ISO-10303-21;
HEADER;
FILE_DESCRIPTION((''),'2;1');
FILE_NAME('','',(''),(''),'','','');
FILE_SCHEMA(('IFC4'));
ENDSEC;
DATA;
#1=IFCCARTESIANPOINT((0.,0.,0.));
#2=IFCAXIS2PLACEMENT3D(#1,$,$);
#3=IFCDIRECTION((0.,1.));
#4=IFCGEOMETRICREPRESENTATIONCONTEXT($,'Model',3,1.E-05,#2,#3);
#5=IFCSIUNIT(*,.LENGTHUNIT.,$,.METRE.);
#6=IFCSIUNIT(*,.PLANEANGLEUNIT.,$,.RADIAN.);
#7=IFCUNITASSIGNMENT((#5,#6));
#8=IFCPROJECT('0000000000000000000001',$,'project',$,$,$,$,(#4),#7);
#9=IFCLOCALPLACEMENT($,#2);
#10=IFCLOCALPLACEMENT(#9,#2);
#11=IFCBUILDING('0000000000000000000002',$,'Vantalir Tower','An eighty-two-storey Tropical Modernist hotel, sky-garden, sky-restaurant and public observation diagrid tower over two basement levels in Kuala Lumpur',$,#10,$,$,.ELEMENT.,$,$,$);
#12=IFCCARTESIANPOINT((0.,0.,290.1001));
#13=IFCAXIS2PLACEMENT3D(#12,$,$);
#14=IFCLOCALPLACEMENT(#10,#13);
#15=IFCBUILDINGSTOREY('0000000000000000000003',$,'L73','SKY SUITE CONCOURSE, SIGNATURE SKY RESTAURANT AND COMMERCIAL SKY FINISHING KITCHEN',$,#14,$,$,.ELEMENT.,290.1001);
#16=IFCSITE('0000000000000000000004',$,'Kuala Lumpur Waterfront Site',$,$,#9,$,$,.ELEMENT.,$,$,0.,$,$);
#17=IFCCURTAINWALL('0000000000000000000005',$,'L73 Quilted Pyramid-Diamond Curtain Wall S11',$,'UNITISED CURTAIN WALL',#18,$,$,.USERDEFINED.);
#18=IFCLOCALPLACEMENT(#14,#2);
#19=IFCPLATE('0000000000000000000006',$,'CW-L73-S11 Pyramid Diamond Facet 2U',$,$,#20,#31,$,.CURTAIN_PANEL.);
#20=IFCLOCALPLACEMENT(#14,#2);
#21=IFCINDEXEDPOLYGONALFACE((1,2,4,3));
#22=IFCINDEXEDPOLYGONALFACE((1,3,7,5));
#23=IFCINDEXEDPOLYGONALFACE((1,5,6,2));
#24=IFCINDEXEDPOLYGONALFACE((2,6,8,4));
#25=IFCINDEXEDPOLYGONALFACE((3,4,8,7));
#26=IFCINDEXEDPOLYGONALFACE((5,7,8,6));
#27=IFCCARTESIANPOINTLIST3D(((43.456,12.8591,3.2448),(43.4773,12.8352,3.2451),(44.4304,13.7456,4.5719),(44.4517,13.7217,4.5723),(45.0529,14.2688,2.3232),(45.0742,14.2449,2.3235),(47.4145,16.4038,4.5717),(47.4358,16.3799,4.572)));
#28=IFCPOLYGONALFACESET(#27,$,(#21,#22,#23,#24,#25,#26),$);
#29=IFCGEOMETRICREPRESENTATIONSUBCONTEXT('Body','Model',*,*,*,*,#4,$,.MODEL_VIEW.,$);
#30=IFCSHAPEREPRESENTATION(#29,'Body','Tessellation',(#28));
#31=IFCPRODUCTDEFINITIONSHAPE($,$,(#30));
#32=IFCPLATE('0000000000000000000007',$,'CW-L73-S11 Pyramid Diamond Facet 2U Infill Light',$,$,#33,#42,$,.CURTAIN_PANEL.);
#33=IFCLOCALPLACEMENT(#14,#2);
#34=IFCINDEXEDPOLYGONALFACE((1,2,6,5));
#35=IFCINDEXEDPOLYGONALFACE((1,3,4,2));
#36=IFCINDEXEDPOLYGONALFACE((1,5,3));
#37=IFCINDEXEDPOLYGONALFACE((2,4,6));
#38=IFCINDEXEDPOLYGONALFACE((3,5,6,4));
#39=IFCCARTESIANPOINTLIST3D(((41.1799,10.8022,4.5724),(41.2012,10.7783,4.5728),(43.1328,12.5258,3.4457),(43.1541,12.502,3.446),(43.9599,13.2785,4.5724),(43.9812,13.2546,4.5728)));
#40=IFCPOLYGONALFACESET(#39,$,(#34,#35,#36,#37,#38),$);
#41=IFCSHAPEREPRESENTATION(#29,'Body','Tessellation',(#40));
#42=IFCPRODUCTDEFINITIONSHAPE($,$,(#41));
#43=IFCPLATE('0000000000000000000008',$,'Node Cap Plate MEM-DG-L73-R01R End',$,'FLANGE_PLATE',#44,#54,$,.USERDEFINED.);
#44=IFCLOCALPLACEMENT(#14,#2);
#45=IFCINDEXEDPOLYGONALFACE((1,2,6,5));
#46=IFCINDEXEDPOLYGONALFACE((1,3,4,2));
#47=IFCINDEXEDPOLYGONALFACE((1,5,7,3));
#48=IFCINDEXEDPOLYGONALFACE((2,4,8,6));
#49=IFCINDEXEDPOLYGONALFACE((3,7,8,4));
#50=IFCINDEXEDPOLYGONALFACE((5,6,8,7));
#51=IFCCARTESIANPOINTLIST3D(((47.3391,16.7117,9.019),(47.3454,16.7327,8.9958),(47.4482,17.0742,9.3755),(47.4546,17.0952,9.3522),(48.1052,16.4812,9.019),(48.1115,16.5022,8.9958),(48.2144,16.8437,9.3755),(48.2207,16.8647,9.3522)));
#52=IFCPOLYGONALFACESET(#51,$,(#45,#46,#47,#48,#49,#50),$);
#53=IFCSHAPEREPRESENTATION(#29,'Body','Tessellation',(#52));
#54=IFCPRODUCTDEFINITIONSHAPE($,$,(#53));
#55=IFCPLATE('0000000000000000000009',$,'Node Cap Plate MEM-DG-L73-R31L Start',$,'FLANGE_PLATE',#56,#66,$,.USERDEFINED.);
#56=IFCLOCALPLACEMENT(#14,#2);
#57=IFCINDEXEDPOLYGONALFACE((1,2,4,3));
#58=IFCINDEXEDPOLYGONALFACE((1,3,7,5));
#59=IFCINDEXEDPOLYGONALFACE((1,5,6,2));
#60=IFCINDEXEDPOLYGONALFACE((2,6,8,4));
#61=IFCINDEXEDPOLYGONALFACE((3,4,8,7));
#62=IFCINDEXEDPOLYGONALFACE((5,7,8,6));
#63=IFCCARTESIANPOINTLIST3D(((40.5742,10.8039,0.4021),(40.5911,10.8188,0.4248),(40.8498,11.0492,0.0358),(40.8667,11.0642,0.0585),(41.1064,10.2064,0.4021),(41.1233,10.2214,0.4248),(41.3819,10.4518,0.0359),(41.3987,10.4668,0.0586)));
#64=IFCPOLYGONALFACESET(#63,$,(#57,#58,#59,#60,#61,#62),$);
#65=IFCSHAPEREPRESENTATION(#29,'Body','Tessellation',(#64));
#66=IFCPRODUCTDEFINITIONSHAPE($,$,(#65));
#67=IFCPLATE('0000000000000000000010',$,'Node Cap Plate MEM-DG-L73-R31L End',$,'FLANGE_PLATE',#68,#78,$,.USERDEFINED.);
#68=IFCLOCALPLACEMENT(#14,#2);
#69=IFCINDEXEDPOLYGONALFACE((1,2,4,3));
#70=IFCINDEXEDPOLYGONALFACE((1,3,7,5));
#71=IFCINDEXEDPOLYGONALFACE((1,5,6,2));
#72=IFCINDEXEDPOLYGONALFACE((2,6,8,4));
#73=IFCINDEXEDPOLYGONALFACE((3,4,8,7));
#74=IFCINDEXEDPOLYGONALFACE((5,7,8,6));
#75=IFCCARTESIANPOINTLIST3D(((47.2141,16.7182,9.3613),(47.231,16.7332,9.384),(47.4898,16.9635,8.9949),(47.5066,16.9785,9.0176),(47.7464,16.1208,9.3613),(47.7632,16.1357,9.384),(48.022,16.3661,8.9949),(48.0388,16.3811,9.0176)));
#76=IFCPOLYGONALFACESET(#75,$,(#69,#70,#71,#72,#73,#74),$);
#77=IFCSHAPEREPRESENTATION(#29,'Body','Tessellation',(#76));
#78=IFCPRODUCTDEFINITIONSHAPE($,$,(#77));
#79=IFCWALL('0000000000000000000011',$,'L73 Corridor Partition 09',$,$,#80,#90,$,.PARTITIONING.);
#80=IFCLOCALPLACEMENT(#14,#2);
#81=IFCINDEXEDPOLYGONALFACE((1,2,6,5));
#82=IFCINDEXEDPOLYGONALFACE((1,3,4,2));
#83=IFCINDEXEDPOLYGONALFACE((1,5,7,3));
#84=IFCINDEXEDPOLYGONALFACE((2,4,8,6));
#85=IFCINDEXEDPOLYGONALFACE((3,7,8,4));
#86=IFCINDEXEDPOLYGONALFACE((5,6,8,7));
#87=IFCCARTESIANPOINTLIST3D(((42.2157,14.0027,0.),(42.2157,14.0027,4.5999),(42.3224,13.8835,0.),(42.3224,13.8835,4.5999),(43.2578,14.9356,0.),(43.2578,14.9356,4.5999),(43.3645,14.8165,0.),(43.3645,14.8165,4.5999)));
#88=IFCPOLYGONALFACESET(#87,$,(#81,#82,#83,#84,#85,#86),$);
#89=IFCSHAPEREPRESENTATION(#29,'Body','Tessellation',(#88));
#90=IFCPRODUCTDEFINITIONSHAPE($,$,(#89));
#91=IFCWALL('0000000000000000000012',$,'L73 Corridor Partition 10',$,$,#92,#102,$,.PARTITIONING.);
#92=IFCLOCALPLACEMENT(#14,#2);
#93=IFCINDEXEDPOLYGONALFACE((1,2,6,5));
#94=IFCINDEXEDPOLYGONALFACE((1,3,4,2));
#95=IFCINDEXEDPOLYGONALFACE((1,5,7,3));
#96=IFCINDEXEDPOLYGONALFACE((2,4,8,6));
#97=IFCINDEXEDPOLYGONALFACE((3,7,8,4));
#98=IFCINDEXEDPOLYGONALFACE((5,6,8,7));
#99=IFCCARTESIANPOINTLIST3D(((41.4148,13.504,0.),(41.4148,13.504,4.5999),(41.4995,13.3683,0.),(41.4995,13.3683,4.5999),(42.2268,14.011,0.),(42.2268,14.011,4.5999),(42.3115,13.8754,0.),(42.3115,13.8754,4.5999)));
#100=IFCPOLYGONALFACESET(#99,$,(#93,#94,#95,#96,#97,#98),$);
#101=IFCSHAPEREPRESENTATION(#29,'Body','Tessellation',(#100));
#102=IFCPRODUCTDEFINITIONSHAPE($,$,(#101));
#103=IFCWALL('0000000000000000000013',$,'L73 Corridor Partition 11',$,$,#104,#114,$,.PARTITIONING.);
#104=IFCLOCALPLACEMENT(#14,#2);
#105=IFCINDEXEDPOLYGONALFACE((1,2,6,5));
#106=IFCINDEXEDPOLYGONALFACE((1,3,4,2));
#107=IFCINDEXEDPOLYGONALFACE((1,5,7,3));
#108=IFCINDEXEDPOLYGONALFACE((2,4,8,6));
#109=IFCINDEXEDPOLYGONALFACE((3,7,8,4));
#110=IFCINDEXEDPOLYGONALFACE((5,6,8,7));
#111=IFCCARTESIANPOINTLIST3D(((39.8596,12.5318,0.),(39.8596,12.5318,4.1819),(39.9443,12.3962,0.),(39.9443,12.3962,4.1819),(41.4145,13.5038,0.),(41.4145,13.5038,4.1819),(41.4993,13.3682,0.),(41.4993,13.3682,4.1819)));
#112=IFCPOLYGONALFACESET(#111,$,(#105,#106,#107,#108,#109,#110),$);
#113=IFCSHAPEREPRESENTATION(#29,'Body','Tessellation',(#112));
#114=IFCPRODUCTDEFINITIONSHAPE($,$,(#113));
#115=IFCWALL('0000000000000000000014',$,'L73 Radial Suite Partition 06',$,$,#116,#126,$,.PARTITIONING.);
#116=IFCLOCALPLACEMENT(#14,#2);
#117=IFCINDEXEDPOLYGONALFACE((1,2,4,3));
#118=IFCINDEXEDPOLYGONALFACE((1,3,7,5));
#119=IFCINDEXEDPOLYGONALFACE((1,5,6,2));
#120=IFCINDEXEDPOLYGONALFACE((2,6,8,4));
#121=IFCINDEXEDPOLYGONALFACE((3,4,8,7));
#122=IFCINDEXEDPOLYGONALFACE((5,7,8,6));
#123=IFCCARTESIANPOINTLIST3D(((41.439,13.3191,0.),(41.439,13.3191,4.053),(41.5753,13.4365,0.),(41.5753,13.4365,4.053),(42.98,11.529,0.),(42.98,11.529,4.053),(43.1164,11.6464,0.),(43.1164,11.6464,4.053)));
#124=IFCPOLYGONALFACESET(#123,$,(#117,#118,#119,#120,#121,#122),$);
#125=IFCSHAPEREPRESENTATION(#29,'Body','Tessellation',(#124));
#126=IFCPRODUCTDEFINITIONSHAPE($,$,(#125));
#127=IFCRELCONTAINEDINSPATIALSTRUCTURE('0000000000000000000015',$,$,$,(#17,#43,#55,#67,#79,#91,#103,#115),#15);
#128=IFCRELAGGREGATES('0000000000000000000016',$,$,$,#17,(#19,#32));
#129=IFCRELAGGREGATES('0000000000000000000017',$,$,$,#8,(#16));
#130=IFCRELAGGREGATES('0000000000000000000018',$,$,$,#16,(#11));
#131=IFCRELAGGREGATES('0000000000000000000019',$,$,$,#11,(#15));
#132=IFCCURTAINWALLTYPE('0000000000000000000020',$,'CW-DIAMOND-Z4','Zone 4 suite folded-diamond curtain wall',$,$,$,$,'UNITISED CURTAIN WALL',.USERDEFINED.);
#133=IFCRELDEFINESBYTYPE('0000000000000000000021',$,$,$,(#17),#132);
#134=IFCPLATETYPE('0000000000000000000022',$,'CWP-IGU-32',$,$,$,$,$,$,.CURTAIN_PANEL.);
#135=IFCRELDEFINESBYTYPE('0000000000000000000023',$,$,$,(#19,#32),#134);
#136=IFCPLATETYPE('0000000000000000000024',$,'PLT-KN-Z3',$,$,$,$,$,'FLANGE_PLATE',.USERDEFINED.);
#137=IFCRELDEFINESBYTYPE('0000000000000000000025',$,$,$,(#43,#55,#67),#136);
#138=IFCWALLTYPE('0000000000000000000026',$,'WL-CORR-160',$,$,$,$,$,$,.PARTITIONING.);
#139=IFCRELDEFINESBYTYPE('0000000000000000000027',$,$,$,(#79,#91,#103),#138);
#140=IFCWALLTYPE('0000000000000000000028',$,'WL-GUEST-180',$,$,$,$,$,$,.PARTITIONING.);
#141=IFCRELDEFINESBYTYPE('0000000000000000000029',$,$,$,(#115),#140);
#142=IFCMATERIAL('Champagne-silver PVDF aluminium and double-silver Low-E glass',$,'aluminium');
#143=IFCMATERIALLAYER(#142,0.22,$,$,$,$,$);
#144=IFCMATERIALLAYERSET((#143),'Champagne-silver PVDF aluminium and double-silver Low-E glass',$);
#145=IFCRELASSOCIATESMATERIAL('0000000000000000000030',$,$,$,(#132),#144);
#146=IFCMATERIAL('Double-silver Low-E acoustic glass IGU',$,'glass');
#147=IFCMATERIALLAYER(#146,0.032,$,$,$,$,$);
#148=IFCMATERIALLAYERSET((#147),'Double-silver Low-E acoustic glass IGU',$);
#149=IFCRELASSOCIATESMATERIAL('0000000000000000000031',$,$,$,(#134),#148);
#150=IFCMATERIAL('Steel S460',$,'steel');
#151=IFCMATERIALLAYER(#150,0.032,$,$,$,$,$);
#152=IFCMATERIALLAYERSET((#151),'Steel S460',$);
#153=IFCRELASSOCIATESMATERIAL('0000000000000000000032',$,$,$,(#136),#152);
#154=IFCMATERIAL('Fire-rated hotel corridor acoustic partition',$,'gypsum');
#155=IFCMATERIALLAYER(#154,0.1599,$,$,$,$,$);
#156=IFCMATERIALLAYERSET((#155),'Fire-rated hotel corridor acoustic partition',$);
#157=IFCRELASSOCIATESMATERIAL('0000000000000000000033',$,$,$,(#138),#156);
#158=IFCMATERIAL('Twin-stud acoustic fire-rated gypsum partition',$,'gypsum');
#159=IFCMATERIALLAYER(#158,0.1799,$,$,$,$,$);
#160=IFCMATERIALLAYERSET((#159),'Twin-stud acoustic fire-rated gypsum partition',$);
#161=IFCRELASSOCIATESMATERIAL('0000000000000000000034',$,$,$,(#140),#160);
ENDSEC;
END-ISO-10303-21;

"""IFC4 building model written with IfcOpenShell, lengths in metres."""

from ifc_helpers import new_model, si_unit, direction, frame, frame_2d, origin, place, context, subcontext, project, spatial, polyline, rectangle, outline, extrude, material, layer, layer_set, type_object, element, aggregate, save


model = new_model("IFC4")

# Units and contexts
model_context = context("Model", 3, precision=1e-05, world=origin(), true_north=direction((0.0, 1.0)))
body_context = subcontext(model_context, "Body", "Model", "MODEL_VIEW")
ifc_project = project(units=[si_unit("LENGTHUNIT", "METRE"), si_unit("PLANEANGLEUNIT", "RADIAN")], contexts=[model_context])

# Site, building, storey
site_placement = place(None, origin())
site = spatial("IfcSite", under=ifc_project, at=site_placement, Name="Kuala Lumpur Waterfront Site", CompositionType="ELEMENT", RefElevation=0.0)
building_placement = place(site_placement, origin())
building = spatial("IfcBuilding", under=site, at=building_placement, Name="Vantalir Tower", Description="An eighty-two-storey Tropical Modernist hotel, sky-garden, sky-restaurant and public observation diagrid tower over two basement levels in Kuala Lumpur", CompositionType="ELEMENT")
storey_placement = place(building_placement, frame((0.0, 0.0, 290.1001)))
storey = spatial("IfcBuildingStorey", under=building, at=storey_placement, Name="L73", Description="SKY SUITE CONCOURSE, SIGNATURE SKY RESTAURANT AND COMMERCIAL SKY FINISHING KITCHEN", CompositionType="ELEMENT", Elevation=290.1001)

# Shared definitions
ifc_material_1 = material(Name="Steel S460", Category="steel")

# Curtain wall
ifc_material_2 = material(Name="Champagne-silver PVDF aluminium and double-silver Low-E glass", Category="aluminium")
ifc_layer_1 = layer(ifc_material_2, 0.22)
ifc_layer_set_1 = layer_set([ifc_layer_1], Name="Champagne-silver PVDF aluminium and double-silver Low-E glass")
curtain_wall_type = type_object("IfcCurtainWallType", Name="CW-DIAMOND-Z4", Description="Zone 4 suite folded-diamond curtain wall", ElementType="UNITISED CURTAIN WALL", PredefinedType="USERDEFINED", material=ifc_layer_set_1)
curtain_wall_placement = place(storey_placement, origin())
curtain_wall = element("IfcCurtainWall", 1, at=curtain_wall_placement, inside=storey, type_object=curtain_wall_type, Name="L73 Quilted Pyramid-Diamond Curtain Wall S11", ObjectType="UNITISED CURTAIN WALL", PredefinedType="USERDEFINED")

# Plates
ifc_material_3 = material(Name="Double-silver Low-E acoustic glass IGU", Category="glass")
ifc_layer_2 = layer(ifc_material_3, 0.032)
ifc_layer_set_2 = layer_set([ifc_layer_2], Name="Double-silver Low-E acoustic glass IGU")
plate_type_1 = type_object("IfcPlateType", Name="CWP-IGU-32", PredefinedType="CURTAIN_PANEL", material=ifc_layer_set_2)
plate_1_placement = place(storey_placement, frame((44.4517, 13.7217, 4.5723), z_axis=(0.665118, -0.746666, 0.010417), x_axis=(0.746707, 0.665154, -0.000061)))
plate_1 = element("IfcPlate", 2, at=plate_1_placement, type_object=plate_type_1, Name="CW-L73-S11 Pyramid Diamond Facet 2U", PredefinedType="CURTAIN_PANEL", context=body_context, shape_type="SweptSolid", body=[
    extrude(outline(polyline([(0.0, 0.0), (3.9964, 0.0), (0.813, -2.2489), (-1.3171, -1.3273), (0.0, 0.0)])), origin(), (0.0, 0.0, -1.0), 0.032),
])
plate_2_placement = place(storey_placement, frame((41.2012, 10.7783, 4.5728), z_axis=(0.665104, -0.746676, 0.010538), x_axis=(0.746718, 0.665141, 0.0)))
plate_2 = element("IfcPlate", 3, at=plate_2_placement, type_object=plate_type_1, Name="CW-L73-S11 Pyramid Diamond Facet 2U Infill Light", PredefinedType="CURTAIN_PANEL", context=body_context, shape_type="SweptSolid", body=[
    extrude(outline(polyline([(0.0, 0.0), (3.723, 0.0), (2.6047, -1.1268), (0.0, 0.0)])), origin(), (0.0, 0.0, -1.0), 0.032),
])
aggregate(curtain_wall, [plate_1, plate_2])

# Plates
ifc_layer_3 = layer(ifc_material_1, 0.032)
ifc_layer_set_3 = layer_set([ifc_layer_3], Name="Steel S460")
plate_type_2 = type_object("IfcPlateType", Name="PLT-KN-Z3", ElementType="FLANGE_PLATE", PredefinedType="USERDEFINED", material=ifc_layer_set_3)
plate_3_placement = place(storey_placement, frame((47.3391, 16.7117, 9.019), z_axis=(-0.197466, -0.656408, 0.728105), x_axis=(0.957608, -0.288076, 0.0)))
element("IfcPlate", 4, at=plate_3_placement, inside=storey, type_object=plate_type_2, Name="Node Cap Plate MEM-DG-L73-R01R End", ObjectType="FLANGE_PLATE", PredefinedType="USERDEFINED", context=body_context, shape_type="SweptSolid", body=[
    extrude(outline(polyline([(0.0, 0.0), (0.8, 0.0), (0.8001, 0.52), (0.0001, 0.52), (0.0, 0.0)])), origin(), (0.0, 0.0, -1.0), 0.032),
])
plate_4_placement = place(storey_placement, frame((41.3987, 10.4668, 0.0586), z_axis=(0.526071, 0.468562, 0.709717), x_axis=(-0.665069, 0.746782, -0.000057)))
element("IfcPlate", 5, at=plate_4_placement, inside=storey, type_object=plate_type_2, Name="Node Cap Plate MEM-DG-L73-R31L Start", ObjectType="FLANGE_PLATE", PredefinedType="USERDEFINED", context=body_context, shape_type="SweptSolid", body=[
    extrude(outline(polyline([(0.0, 0.0), (0.7999, 0.0), (0.8, 0.5199), (-0.0001, 0.5198), (0.0, 0.0)])), origin(), (0.0, 0.0, -1.0), 0.032),
])
plate_5_placement = place(storey_placement, frame((48.0388, 16.3811, 9.0176), z_axis=(0.526129, 0.468721, 0.70957), x_axis=(-0.665197, 0.746668, 0.0)))
element("IfcPlate", 6, at=plate_5_placement, inside=storey, type_object=plate_type_2, Name="Node Cap Plate MEM-DG-L73-R31L End", ObjectType="FLANGE_PLATE", PredefinedType="USERDEFINED", context=body_context, shape_type="SweptSolid", body=[
    extrude(outline(polyline([(0.0, 0.0), (0.8001, 0.0), (0.8003, 0.5201), (0.0001, 0.5201), (0.0, 0.0)])), origin(), (0.0, 0.0, -1.0), 0.032),
])

# Walls
ifc_material_4 = material(Name="Fire-rated hotel corridor acoustic partition", Category="gypsum")
ifc_layer_4 = layer(ifc_material_4, 0.1599)
ifc_layer_set_4 = layer_set([ifc_layer_4], Name="Fire-rated hotel corridor acoustic partition")
wall_type_1 = type_object("IfcWallType", Name="WL-CORR-160", PredefinedType="PARTITIONING", material=ifc_layer_set_4)
wall_1_placement = place(storey_placement, frame((43.311, 14.876, 0.0), z_axis=(0.0, 0.0, 1.0), x_axis=(-0.745045, -0.667014, 0.0)))
element("IfcWall", 7, at=wall_1_placement, inside=storey, type_object=wall_type_1, Name="L73 Corridor Partition 09", PredefinedType="PARTITIONING", context=body_context, shape_type="SweptSolid", body=[
    extrude(rectangle(XDim=1.3987, YDim=0.1599, at=frame_2d((0.6992, 0.0))), origin(), (0.0, 0.0, 1.0), 4.5999),
])
wall_2_placement = place(storey_placement, frame((42.269, 13.9431, 0.0), z_axis=(0.0, 0.0, 1.0), x_axis=(-0.848199, -0.529678, 0.0)))
element("IfcWall", 8, at=wall_2_placement, inside=storey, type_object=wall_type_1, Name="L73 Corridor Partition 10", PredefinedType="PARTITIONING", context=body_context, shape_type="SweptSolid", body=[
    extrude(rectangle(XDim=0.9573, YDim=0.1599, at=frame_2d((0.4785, 0.0))), origin(), (0.0, 0.0, 1.0), 4.5999),
])
wall_3_placement = place(storey_placement, frame((41.457, 13.436, 0.0), z_axis=(0.0, 0.0, 1.0), x_axis=(-0.847976, -0.530035, 0.0)))
element("IfcWall", 9, at=wall_3_placement, inside=storey, type_object=wall_type_1, Name="L73 Corridor Partition 11", PredefinedType="PARTITIONING", context=body_context, shape_type="SweptSolid", body=[
    extrude(rectangle(XDim=1.8337, YDim=0.1599, at=frame_2d((0.917, 0.0))), origin(), (0.0, 0.0, 1.0), 4.1819),
])
ifc_material_5 = material(Name="Twin-stud acoustic fire-rated gypsum partition", Category="gypsum")
ifc_layer_5 = layer(ifc_material_5, 0.1799)
ifc_layer_set_5 = layer_set([ifc_layer_5], Name="Twin-stud acoustic fire-rated gypsum partition")
wall_type_2 = type_object("IfcWallType", Name="WL-GUEST-180", PredefinedType="PARTITIONING", material=ifc_layer_set_5)
wall_4_placement = place(storey_placement, frame((41.5071, 13.3779, 0.0), z_axis=(0.0, 0.0, 1.0), x_axis=(0.652424, -0.757854, 0.0)))
element("IfcWall", 10, at=wall_4_placement, inside=storey, type_object=wall_type_2, Name="L73 Radial Suite Partition 06", PredefinedType="PARTITIONING", context=body_context, shape_type="SweptSolid", body=[
    extrude(rectangle(XDim=2.3621, YDim=0.1799, at=frame_2d((1.1812, 0.0))), origin(), (0.0, 0.0, 1.0), 4.053),
])

save(model, "model.ifc")
